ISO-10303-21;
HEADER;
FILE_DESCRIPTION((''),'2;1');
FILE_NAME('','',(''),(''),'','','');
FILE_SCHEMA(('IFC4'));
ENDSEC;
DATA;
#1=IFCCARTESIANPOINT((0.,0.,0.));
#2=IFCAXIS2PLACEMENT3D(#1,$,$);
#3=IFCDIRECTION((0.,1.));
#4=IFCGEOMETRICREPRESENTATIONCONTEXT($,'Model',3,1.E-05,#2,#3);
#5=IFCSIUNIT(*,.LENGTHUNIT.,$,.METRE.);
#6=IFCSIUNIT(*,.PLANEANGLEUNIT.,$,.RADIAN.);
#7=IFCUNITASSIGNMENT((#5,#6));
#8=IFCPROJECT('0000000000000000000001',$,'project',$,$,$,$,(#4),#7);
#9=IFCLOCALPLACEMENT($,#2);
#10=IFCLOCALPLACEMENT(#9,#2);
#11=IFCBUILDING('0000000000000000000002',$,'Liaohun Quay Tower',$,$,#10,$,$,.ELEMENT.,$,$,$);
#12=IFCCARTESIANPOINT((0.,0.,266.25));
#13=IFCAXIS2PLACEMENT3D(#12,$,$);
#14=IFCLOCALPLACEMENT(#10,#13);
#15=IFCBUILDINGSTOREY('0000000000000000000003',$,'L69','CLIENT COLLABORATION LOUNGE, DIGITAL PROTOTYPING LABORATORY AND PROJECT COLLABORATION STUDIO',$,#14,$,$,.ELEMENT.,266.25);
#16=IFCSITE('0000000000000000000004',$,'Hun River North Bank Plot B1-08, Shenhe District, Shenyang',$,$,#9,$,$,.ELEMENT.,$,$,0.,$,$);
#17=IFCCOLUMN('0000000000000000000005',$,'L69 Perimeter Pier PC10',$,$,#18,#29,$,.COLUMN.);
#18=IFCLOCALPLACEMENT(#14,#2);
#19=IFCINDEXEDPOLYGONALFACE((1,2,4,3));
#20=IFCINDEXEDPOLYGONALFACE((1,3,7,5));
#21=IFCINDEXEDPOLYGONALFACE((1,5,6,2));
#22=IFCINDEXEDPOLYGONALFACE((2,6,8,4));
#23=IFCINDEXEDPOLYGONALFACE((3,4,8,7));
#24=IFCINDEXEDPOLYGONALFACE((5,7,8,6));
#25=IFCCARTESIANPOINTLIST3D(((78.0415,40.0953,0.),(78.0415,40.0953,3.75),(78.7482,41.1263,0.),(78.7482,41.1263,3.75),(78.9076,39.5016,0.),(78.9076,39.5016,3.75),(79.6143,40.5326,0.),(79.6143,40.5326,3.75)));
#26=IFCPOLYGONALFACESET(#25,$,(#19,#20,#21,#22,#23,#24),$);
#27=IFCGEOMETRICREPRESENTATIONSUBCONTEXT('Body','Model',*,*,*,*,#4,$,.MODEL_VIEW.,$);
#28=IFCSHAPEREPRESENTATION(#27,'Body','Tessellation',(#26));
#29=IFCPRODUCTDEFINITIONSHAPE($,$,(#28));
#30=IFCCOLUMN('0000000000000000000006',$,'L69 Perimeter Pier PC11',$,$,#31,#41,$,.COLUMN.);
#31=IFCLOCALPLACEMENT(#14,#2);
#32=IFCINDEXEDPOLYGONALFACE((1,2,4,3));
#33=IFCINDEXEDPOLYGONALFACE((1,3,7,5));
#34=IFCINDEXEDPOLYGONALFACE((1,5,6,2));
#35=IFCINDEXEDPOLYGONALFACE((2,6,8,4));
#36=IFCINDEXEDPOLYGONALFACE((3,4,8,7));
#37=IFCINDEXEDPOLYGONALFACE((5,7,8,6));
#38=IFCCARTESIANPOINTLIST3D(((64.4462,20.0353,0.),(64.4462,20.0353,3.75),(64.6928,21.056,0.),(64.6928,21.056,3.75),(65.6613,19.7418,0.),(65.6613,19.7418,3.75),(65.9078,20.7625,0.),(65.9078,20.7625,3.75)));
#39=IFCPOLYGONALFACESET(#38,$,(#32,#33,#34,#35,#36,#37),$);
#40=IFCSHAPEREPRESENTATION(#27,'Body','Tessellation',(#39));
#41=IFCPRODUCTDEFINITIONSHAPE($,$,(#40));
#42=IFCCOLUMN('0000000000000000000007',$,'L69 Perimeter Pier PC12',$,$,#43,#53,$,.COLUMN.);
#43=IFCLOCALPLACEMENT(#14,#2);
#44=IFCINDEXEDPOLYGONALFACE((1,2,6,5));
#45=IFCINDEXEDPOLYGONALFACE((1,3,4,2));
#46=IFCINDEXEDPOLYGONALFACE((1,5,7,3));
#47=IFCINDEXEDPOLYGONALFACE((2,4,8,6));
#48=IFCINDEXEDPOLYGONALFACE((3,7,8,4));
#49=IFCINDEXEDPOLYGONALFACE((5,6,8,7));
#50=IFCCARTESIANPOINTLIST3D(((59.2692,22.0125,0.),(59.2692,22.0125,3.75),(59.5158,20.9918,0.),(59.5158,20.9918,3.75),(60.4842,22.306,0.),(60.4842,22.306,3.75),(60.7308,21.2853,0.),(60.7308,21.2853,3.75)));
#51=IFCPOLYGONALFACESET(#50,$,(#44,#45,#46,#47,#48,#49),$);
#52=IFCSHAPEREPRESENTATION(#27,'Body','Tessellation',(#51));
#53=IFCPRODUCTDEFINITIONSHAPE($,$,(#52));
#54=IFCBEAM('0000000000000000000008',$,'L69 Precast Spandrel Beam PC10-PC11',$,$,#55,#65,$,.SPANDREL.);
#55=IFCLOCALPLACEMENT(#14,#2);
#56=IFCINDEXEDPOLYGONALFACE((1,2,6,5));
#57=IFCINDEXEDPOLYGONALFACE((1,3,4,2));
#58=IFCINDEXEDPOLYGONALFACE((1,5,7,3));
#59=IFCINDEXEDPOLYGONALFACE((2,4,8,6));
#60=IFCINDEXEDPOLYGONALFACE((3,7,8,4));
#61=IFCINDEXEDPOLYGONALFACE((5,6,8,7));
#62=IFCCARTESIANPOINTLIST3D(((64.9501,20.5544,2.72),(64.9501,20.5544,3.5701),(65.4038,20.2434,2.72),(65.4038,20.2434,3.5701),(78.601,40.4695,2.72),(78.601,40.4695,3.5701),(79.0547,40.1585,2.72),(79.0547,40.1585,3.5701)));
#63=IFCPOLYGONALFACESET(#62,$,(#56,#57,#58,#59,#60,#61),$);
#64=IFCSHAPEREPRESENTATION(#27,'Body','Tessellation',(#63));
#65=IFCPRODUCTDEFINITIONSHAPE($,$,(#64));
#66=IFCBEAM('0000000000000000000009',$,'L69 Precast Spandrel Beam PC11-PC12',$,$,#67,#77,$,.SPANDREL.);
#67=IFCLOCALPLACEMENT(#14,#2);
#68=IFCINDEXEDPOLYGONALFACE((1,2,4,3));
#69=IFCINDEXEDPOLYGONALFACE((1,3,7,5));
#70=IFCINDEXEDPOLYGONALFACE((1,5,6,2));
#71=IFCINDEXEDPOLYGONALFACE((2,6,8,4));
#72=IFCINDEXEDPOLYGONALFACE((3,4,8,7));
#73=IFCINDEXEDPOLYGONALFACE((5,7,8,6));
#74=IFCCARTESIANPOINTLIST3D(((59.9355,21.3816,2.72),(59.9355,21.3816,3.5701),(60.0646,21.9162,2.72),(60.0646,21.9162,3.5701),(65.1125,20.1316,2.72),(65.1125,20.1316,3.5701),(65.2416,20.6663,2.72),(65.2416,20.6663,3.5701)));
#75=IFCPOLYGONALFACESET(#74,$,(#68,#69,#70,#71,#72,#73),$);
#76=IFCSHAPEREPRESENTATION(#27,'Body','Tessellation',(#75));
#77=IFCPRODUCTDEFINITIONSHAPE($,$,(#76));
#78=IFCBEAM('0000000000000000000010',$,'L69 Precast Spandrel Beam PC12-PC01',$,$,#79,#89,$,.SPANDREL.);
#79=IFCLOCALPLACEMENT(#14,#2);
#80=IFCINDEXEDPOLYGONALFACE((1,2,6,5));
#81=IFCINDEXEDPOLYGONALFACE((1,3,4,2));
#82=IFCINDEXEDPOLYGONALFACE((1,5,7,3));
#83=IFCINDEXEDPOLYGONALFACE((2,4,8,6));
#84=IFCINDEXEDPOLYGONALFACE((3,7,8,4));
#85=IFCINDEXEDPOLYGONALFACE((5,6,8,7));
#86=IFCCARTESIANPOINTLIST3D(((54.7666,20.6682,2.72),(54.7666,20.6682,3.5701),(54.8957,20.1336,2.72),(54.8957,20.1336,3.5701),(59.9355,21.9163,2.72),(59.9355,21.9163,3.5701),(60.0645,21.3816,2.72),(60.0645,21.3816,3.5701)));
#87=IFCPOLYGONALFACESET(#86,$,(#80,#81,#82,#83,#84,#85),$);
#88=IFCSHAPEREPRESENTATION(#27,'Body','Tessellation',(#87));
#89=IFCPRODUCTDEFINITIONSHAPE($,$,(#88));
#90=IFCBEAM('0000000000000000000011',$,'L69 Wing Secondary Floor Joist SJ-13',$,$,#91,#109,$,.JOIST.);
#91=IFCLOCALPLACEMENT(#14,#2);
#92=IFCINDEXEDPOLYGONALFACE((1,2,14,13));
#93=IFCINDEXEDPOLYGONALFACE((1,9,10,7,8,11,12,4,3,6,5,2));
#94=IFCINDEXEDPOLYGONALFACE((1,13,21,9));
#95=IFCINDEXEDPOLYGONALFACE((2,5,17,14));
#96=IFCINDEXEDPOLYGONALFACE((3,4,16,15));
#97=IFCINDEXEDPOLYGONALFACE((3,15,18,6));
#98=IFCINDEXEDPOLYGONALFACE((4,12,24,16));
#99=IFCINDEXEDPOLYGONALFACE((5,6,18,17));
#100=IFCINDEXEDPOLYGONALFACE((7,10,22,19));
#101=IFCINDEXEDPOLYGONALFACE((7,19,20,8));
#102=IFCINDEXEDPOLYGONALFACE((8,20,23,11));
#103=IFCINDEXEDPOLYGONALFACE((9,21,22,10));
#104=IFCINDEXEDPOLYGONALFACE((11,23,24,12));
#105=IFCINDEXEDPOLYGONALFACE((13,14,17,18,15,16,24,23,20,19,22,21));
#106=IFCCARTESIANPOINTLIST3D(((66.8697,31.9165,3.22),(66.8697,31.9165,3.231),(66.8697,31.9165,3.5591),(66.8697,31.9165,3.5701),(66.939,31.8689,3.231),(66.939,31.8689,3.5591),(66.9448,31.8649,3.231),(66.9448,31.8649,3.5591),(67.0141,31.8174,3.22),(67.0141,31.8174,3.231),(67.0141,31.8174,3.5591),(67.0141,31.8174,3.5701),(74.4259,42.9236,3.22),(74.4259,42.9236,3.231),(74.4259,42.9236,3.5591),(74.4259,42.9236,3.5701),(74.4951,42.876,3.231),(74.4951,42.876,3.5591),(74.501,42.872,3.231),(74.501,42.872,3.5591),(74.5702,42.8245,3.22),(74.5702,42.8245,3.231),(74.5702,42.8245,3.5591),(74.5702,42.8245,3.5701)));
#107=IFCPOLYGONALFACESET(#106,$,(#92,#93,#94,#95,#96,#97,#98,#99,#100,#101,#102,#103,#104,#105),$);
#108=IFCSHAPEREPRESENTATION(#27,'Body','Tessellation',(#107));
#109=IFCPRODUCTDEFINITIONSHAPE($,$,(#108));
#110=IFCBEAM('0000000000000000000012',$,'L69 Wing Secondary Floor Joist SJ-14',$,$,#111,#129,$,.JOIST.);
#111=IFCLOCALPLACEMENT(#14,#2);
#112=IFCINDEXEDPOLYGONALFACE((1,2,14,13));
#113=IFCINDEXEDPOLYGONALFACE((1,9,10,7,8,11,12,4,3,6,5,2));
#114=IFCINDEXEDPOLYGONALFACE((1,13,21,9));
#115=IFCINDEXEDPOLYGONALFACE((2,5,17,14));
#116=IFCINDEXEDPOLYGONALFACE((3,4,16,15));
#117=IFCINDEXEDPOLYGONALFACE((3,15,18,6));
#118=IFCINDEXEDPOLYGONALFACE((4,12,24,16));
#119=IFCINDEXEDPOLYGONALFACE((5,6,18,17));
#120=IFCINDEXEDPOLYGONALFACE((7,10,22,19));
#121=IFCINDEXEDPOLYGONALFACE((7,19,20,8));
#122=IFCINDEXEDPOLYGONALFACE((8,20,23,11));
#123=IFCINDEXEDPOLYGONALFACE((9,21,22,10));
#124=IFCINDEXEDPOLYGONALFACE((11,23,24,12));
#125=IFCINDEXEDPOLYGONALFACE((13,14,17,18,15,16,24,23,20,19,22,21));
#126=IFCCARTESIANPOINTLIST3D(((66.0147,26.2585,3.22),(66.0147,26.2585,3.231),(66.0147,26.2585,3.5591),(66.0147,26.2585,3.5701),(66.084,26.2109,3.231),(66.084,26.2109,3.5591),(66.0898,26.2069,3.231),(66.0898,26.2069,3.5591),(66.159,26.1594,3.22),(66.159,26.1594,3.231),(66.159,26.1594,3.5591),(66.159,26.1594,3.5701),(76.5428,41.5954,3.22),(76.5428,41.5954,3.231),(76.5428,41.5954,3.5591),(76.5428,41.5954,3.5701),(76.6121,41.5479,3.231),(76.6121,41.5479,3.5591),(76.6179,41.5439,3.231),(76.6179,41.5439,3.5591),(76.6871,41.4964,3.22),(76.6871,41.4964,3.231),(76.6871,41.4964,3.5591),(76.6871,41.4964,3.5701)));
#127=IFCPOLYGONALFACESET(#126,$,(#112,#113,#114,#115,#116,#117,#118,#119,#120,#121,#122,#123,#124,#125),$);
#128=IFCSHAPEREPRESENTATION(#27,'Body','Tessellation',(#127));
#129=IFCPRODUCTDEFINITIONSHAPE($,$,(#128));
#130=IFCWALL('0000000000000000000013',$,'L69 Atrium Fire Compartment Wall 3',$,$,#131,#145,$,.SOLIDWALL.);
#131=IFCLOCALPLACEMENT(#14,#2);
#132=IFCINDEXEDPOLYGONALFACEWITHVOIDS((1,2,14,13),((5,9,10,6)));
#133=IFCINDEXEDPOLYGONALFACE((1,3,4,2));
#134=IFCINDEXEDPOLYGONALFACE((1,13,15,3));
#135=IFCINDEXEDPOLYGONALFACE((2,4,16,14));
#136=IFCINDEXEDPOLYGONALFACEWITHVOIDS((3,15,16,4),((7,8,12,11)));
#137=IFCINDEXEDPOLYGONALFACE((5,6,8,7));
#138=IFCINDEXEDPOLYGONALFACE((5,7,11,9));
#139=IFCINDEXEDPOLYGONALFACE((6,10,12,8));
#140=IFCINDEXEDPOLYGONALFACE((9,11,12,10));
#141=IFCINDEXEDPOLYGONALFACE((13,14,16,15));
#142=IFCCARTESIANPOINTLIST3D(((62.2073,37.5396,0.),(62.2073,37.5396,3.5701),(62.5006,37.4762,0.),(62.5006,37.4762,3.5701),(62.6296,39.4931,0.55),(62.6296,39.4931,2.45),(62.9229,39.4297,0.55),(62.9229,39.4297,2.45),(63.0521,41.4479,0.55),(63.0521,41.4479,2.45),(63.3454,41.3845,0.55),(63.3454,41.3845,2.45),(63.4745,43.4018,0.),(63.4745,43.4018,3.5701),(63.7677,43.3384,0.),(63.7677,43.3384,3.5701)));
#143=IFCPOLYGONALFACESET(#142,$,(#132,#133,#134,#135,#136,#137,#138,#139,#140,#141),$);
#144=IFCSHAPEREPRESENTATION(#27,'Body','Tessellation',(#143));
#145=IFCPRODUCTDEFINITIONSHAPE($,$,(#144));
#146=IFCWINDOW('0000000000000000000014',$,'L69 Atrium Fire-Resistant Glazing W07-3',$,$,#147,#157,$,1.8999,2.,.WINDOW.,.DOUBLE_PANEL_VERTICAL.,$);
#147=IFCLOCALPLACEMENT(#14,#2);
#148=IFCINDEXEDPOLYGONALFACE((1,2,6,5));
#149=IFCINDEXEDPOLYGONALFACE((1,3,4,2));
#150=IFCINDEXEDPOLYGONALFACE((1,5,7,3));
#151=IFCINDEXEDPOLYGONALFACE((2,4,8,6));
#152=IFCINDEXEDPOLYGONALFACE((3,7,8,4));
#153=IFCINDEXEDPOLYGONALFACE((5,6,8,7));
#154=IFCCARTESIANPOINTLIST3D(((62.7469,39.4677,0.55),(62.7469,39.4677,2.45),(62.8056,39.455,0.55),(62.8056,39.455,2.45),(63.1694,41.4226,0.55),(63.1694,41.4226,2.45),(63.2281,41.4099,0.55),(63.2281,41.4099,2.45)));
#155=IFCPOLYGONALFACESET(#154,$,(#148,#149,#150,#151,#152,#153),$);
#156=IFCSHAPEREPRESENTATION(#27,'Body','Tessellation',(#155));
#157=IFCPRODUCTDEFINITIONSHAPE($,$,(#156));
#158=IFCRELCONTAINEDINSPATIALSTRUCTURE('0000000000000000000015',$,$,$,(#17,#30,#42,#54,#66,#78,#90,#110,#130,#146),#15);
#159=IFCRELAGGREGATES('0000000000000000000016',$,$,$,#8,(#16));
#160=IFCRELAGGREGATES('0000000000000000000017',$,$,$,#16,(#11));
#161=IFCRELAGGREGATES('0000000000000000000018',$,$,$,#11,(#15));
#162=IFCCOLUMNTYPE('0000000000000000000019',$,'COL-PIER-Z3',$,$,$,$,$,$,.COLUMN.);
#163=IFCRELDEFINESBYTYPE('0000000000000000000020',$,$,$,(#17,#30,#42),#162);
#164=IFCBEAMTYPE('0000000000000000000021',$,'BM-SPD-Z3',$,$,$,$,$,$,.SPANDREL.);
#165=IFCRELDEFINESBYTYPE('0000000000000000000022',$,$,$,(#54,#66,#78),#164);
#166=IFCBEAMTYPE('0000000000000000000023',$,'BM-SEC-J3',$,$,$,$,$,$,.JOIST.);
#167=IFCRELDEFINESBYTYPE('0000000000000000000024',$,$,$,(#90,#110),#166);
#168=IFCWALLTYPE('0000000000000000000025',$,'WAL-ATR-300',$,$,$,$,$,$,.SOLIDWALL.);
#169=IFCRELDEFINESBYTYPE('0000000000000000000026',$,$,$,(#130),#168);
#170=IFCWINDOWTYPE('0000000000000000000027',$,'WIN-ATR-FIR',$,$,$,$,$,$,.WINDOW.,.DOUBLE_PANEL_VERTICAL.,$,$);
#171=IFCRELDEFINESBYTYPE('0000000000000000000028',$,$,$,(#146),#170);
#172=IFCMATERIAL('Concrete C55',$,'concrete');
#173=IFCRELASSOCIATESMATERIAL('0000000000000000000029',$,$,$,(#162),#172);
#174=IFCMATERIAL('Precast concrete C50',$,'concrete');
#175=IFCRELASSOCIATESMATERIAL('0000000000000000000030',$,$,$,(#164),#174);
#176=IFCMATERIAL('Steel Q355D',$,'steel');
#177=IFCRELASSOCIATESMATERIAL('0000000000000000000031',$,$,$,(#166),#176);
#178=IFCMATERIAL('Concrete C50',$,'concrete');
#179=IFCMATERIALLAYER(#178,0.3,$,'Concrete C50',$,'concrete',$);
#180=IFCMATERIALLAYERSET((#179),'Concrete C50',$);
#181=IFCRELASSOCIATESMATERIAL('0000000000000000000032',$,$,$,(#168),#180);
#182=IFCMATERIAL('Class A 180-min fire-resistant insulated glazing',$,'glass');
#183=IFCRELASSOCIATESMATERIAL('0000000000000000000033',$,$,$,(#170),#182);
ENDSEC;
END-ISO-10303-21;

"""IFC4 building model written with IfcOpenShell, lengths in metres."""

from ifc_helpers import new_model, si_unit, direction, frame, frame_2d, origin, origin_2d, place, context, subcontext, project, spatial, rectangle, i_section, extrude, source, transform, mapped, material, layer, layer_set, material_profile, profile_set, type_object, element, fill, save


model = new_model("IFC4")

# Units and contexts
model_context = context("Model", 3, precision=1e-05, world=origin(), true_north=direction((0.0, 1.0)))
body_context = subcontext(model_context, "Body", "Model", "MODEL_VIEW")
ifc_project = project(units=[si_unit("LENGTHUNIT", "METRE"), si_unit("PLANEANGLEUNIT", "RADIAN")], contexts=[model_context])

# Site, building, storey
site_placement = place(None, origin())
site = spatial("IfcSite", under=ifc_project, at=site_placement, Name="Hun River North Bank Plot B1-08, Shenhe District, Shenyang", CompositionType="ELEMENT", RefElevation=0.0)
building_placement = place(site_placement, origin())
building = spatial("IfcBuilding", under=site, at=building_placement, Name="Liaohun Quay Tower", CompositionType="ELEMENT")
storey_placement = place(building_placement, frame((0.0, 0.0, 266.25)))
storey = spatial("IfcBuildingStorey", under=building, at=storey_placement, Name="L69", Description="CLIENT COLLABORATION LOUNGE, DIGITAL PROTOTYPING LABORATORY AND PROJECT COLLABORATION STUDIO", CompositionType="ELEMENT", Elevation=266.25)

# Columns
ifc_material_1 = material(Name="Concrete C55", Category="concrete")
ifc_material_profile_1 = material_profile(ifc_material_1, rectangle(XDim=1.25, YDim=1.05, at=origin_2d()), Name="RC1250x1050")
ifc_profile_set_1 = profile_set([ifc_material_profile_1], Name="Concrete C55")
column_type = type_object("IfcColumnType", Name="COL-PIER-Z3", PredefinedType="COLUMN", material=ifc_profile_set_1)
shared_shape_1 = source(origin(), body_context, "Body", "SweptSolid", [
    extrude(rectangle(XDim=1.25, YDim=1.05, at=origin_2d()), origin(), (0.0, 0.0, 1.0), 3.75),
])
for number, where, z_axis, x_axis, name in (
    (1, (78.8279, 40.314, 0.0), (0.0, 0.0, 1.0), (0.565399, 0.824818, 0.0), "L69 Perimeter Pier PC10"),
    (2, (65.177, 20.3989, 0.0), (0.0, 0.0, 1.0), (-0.972043, 0.234803, 0.0), "L69 Perimeter Pier PC11"),
    (3, (60.0, 21.6489, 0.0), (0.0, 0.0, 1.0), (0.972043, 0.234803, 0.0), "L69 Perimeter Pier PC12"),
):
    element("IfcColumn", number, at=place(storey_placement, frame(where, z_axis=z_axis, x_axis=x_axis)), inside=storey, type_object=column_type, Name=name, PredefinedType="COLUMN", context=body_context, shape_type="MappedRepresentation", body=[
        mapped(shared_shape_1, transform((0.0, 0.0, 0.0), x_axis=(1.0, 0.0, 0.0), y_axis=(0.0, 1.0, 0.0), z_axis=(0.0, 0.0, 1.0), scale=1.0)),
    ])

# Beams
ifc_material_2 = material(Name="Precast concrete C50", Category="concrete")
ifc_material_profile_2 = material_profile(ifc_material_2, rectangle(XDim=0.55, YDim=0.8501, at=origin_2d()), Name="RC550x850")
ifc_profile_set_2 = profile_set([ifc_material_profile_2], Name="Precast concrete C50")
beam_type_1 = type_object("IfcBeamType", Name="BM-SPD-Z3", PredefinedType="SPANDREL", material=ifc_profile_set_2)
shared_shape_2 = source(origin(), body_context, "Body", "SweptSolid", [
    extrude(rectangle(XDim=0.55, YDim=0.8501, at=origin_2d()), origin(), (0.0, 0.0, 1.0), 24.1445),
])
beam_1_placement = place(storey_placement, frame((78.8279, 40.314, 3.145), z_axis=(-0.565383, -0.824828, 0.0), x_axis=(0.824828, -0.565383, 0.0)))
element("IfcBeam", 4, at=beam_1_placement, inside=storey, type_object=beam_type_1, Name="L69 Precast Spandrel Beam PC10-PC11", PredefinedType="SPANDREL", context=body_context, shape_type="MappedRepresentation", body=[
    mapped(shared_shape_2, transform((0.0, 0.0, 0.0), x_axis=(1.0, 0.0, 0.0), y_axis=(0.0, 1.0, 0.0), z_axis=(0.0, 0.0, 1.0), scale=1.0)),
])
shared_shape_3 = source(origin(), body_context, "Body", "SweptSolid", [
    extrude(rectangle(XDim=0.55, YDim=0.8501, at=origin_2d()), origin(), (0.0, 0.0, 1.0), 5.3257),
])
beam_2_placement = place(storey_placement, frame((65.177, 20.3989, 3.145), z_axis=(-0.972066, 0.234708, 0.0), x_axis=(-0.234708, -0.972066, 0.0)))
element("IfcBeam", 5, at=beam_2_placement, inside=storey, type_object=beam_type_1, Name="L69 Precast Spandrel Beam PC11-PC12", PredefinedType="SPANDREL", context=body_context, shape_type="MappedRepresentation", body=[
    mapped(shared_shape_3, transform((0.0, 0.0, 0.0), x_axis=(1.0, 0.0, 0.0), y_axis=(0.0, 1.0, 0.0), z_axis=(0.0, 0.0, 1.0), scale=1.0)),
])
shared_shape_4 = source(origin(), body_context, "Body", "SweptSolid", [
    extrude(rectangle(XDim=0.55, YDim=0.8501, at=origin_2d()), origin(), (0.0, 0.0, 1.0), 5.3174),
])
beam_3_placement = place(storey_placement, frame((60.0, 21.6489, 3.145), z_axis=(-0.972066, -0.234706, 0.0), x_axis=(0.234706, -0.972066, 0.0)))
element("IfcBeam", 6, at=beam_3_placement, inside=storey, type_object=beam_type_1, Name="L69 Precast Spandrel Beam PC12-PC01", PredefinedType="SPANDREL", context=body_context, shape_type="MappedRepresentation", body=[
    mapped(shared_shape_4, transform((0.0, 0.0, 0.0), x_axis=(1.0, 0.0, 0.0), y_axis=(0.0, 1.0, 0.0), z_axis=(0.0, 0.0, 1.0), scale=1.0)),
])
ifc_material_3 = material(Name="Steel Q355D", Category="steel")
ifc_material_profile_3 = material_profile(ifc_material_3, i_section(OverallWidth=0.175, OverallDepth=0.3501, WebThickness=0.0071, FlangeThickness=0.011, at=origin_2d()), Name="HN350x175x7x11")
ifc_profile_set_3 = profile_set([ifc_material_profile_3], Name="Steel Q355D")
beam_type_2 = type_object("IfcBeamType", Name="BM-SEC-J3", PredefinedType="JOIST", material=ifc_profile_set_3)
shared_shape_5 = source(origin(), body_context, "Body", "SweptSolid", [
    extrude(i_section(OverallWidth=0.175, OverallDepth=0.3501, WebThickness=0.0071, FlangeThickness=0.011, at=origin_2d()), origin(), (0.0, 0.0, 1.0), 13.3511),
])
beam_4_placement = place(storey_placement, frame((74.498, 42.874, 3.395), z_axis=(-0.565958, -0.824434, 0.0), x_axis=(0.824434, -0.565958, 0.0)))
element("IfcBeam", 7, at=beam_4_placement, inside=storey, type_object=beam_type_2, Name="L69 Wing Secondary Floor Joist SJ-13", PredefinedType="JOIST", context=body_context, shape_type="MappedRepresentation", body=[
    mapped(shared_shape_5, transform((0.0, 0.0, 0.0), x_axis=(1.0, 0.0, 0.0), y_axis=(0.0, 1.0, 0.0), z_axis=(0.0, 0.0, 1.0), scale=1.0)),
])
shared_shape_6 = source(origin(), body_context, "Body", "SweptSolid", [
    extrude(i_section(OverallWidth=0.175, OverallDepth=0.3501, WebThickness=0.0071, FlangeThickness=0.011, at=origin_2d()), origin(), (0.0, 0.0, 1.0), 18.6028),
])
beam_5_placement = place(storey_placement, frame((76.615, 41.5459, 3.395), z_axis=(-0.565943, -0.824445, 0.0), x_axis=(0.824445, -0.565943, 0.0)))
element("IfcBeam", 8, at=beam_5_placement, inside=storey, type_object=beam_type_2, Name="L69 Wing Secondary Floor Joist SJ-14", PredefinedType="JOIST", context=body_context, shape_type="MappedRepresentation", body=[
    mapped(shared_shape_6, transform((0.0, 0.0, 0.0), x_axis=(1.0, 0.0, 0.0), y_axis=(0.0, 1.0, 0.0), z_axis=(0.0, 0.0, 1.0), scale=1.0)),
])

# Wall, opening, window
ifc_material_4 = material(Name="Concrete C50", Category="concrete")
ifc_layer_1 = layer(ifc_material_4, 0.3, Name="Concrete C50", Category="concrete")
ifc_layer_set_1 = layer_set([ifc_layer_1], Name="Concrete C50")
wall_type_1 = type_object("IfcWallType", Name="WAL-ATR-300", PredefinedType="SOLIDWALL", material=ifc_layer_set_1)
wall_1_placement = place(storey_placement, frame((63.6211, 43.3701, 0.0), z_axis=(0.0, 0.0, 1.0), x_axis=(-0.211272, -0.977427, 0.0)))
wall_1 = element("IfcWall", 9, at=wall_1_placement, inside=storey, type_object=wall_type_1, Name="L69 Atrium Fire Compartment Wall 3", PredefinedType="SOLIDWALL", context=body_context, shape_type="SweptSolid", body=[
    extrude(rectangle(XDim=5.9976, YDim=0.3, at=frame_2d((2.9988, 0.0))), origin(), (0.0, 0.0, 1.0), 3.5701),
])
shared_shape_7 = source(origin(), body_context, "Body", "SweptSolid", [
    extrude(rectangle(XDim=2.0, YDim=1.8999, at=frame_2d((1.0, 0.95))), frame((0.0, 0.1599, 0.0), z_axis=(0.0, -1.0, 0.0), x_axis=(1.0, 0.0, 0.0)), (0.0, 0.0, 1.0), 0.3201),
])
opening_1_placement = place(wall_1_placement, frame((1.999, 0.0, 0.55)))
opening_1 = element("IfcOpeningElement", 10, at=opening_1_placement, cuts=wall_1, PredefinedType="OPENING", context=body_context, shape_type="MappedRepresentation", body=[
    mapped(shared_shape_7, transform((0.0, 0.0, 0.0), x_axis=(1.0, 0.0, 0.0), y_axis=(0.0, 1.0, 0.0), z_axis=(0.0, 0.0, 1.0), scale=1.0)),
])
ifc_material_5 = material(Name="Class A 180-min fire-resistant insulated glazing", Category="glass")
window_type_1 = type_object("IfcWindowType", Name="WIN-ATR-FIR", PartitioningType="DOUBLE_PANEL_VERTICAL", PredefinedType="WINDOW", material=ifc_material_5)
shared_shape_8 = source(origin(), body_context, "Body", "SweptSolid", [
    extrude(rectangle(XDim=2.0, YDim=1.8999, at=frame_2d((1.0, 0.95))), frame((0.0, 0.03, 0.0), z_axis=(0.0, -1.0, 0.0), x_axis=(1.0, 0.0, 0.0)), (0.0, 0.0, 1.0), 0.0601),
])
window_1_placement = place(opening_1_placement, origin())
window_1 = element("IfcWindow", 11, at=window_1_placement, inside=storey, type_object=window_type_1, Name="L69 Atrium Fire-Resistant Glazing W07-3", OverallHeight=1.8999, OverallWidth=2.0, PartitioningType="DOUBLE_PANEL_VERTICAL", PredefinedType="WINDOW", context=body_context, shape_type="MappedRepresentation", body=[
    mapped(shared_shape_8, transform((0.0, 0.0, 0.0), x_axis=(1.0, 0.0, 0.0), y_axis=(0.0, 1.0, 0.0), z_axis=(0.0, 0.0, 1.0), scale=1.0)),
])
fill(opening_1, window_1)

save(model, "model.ifc")
